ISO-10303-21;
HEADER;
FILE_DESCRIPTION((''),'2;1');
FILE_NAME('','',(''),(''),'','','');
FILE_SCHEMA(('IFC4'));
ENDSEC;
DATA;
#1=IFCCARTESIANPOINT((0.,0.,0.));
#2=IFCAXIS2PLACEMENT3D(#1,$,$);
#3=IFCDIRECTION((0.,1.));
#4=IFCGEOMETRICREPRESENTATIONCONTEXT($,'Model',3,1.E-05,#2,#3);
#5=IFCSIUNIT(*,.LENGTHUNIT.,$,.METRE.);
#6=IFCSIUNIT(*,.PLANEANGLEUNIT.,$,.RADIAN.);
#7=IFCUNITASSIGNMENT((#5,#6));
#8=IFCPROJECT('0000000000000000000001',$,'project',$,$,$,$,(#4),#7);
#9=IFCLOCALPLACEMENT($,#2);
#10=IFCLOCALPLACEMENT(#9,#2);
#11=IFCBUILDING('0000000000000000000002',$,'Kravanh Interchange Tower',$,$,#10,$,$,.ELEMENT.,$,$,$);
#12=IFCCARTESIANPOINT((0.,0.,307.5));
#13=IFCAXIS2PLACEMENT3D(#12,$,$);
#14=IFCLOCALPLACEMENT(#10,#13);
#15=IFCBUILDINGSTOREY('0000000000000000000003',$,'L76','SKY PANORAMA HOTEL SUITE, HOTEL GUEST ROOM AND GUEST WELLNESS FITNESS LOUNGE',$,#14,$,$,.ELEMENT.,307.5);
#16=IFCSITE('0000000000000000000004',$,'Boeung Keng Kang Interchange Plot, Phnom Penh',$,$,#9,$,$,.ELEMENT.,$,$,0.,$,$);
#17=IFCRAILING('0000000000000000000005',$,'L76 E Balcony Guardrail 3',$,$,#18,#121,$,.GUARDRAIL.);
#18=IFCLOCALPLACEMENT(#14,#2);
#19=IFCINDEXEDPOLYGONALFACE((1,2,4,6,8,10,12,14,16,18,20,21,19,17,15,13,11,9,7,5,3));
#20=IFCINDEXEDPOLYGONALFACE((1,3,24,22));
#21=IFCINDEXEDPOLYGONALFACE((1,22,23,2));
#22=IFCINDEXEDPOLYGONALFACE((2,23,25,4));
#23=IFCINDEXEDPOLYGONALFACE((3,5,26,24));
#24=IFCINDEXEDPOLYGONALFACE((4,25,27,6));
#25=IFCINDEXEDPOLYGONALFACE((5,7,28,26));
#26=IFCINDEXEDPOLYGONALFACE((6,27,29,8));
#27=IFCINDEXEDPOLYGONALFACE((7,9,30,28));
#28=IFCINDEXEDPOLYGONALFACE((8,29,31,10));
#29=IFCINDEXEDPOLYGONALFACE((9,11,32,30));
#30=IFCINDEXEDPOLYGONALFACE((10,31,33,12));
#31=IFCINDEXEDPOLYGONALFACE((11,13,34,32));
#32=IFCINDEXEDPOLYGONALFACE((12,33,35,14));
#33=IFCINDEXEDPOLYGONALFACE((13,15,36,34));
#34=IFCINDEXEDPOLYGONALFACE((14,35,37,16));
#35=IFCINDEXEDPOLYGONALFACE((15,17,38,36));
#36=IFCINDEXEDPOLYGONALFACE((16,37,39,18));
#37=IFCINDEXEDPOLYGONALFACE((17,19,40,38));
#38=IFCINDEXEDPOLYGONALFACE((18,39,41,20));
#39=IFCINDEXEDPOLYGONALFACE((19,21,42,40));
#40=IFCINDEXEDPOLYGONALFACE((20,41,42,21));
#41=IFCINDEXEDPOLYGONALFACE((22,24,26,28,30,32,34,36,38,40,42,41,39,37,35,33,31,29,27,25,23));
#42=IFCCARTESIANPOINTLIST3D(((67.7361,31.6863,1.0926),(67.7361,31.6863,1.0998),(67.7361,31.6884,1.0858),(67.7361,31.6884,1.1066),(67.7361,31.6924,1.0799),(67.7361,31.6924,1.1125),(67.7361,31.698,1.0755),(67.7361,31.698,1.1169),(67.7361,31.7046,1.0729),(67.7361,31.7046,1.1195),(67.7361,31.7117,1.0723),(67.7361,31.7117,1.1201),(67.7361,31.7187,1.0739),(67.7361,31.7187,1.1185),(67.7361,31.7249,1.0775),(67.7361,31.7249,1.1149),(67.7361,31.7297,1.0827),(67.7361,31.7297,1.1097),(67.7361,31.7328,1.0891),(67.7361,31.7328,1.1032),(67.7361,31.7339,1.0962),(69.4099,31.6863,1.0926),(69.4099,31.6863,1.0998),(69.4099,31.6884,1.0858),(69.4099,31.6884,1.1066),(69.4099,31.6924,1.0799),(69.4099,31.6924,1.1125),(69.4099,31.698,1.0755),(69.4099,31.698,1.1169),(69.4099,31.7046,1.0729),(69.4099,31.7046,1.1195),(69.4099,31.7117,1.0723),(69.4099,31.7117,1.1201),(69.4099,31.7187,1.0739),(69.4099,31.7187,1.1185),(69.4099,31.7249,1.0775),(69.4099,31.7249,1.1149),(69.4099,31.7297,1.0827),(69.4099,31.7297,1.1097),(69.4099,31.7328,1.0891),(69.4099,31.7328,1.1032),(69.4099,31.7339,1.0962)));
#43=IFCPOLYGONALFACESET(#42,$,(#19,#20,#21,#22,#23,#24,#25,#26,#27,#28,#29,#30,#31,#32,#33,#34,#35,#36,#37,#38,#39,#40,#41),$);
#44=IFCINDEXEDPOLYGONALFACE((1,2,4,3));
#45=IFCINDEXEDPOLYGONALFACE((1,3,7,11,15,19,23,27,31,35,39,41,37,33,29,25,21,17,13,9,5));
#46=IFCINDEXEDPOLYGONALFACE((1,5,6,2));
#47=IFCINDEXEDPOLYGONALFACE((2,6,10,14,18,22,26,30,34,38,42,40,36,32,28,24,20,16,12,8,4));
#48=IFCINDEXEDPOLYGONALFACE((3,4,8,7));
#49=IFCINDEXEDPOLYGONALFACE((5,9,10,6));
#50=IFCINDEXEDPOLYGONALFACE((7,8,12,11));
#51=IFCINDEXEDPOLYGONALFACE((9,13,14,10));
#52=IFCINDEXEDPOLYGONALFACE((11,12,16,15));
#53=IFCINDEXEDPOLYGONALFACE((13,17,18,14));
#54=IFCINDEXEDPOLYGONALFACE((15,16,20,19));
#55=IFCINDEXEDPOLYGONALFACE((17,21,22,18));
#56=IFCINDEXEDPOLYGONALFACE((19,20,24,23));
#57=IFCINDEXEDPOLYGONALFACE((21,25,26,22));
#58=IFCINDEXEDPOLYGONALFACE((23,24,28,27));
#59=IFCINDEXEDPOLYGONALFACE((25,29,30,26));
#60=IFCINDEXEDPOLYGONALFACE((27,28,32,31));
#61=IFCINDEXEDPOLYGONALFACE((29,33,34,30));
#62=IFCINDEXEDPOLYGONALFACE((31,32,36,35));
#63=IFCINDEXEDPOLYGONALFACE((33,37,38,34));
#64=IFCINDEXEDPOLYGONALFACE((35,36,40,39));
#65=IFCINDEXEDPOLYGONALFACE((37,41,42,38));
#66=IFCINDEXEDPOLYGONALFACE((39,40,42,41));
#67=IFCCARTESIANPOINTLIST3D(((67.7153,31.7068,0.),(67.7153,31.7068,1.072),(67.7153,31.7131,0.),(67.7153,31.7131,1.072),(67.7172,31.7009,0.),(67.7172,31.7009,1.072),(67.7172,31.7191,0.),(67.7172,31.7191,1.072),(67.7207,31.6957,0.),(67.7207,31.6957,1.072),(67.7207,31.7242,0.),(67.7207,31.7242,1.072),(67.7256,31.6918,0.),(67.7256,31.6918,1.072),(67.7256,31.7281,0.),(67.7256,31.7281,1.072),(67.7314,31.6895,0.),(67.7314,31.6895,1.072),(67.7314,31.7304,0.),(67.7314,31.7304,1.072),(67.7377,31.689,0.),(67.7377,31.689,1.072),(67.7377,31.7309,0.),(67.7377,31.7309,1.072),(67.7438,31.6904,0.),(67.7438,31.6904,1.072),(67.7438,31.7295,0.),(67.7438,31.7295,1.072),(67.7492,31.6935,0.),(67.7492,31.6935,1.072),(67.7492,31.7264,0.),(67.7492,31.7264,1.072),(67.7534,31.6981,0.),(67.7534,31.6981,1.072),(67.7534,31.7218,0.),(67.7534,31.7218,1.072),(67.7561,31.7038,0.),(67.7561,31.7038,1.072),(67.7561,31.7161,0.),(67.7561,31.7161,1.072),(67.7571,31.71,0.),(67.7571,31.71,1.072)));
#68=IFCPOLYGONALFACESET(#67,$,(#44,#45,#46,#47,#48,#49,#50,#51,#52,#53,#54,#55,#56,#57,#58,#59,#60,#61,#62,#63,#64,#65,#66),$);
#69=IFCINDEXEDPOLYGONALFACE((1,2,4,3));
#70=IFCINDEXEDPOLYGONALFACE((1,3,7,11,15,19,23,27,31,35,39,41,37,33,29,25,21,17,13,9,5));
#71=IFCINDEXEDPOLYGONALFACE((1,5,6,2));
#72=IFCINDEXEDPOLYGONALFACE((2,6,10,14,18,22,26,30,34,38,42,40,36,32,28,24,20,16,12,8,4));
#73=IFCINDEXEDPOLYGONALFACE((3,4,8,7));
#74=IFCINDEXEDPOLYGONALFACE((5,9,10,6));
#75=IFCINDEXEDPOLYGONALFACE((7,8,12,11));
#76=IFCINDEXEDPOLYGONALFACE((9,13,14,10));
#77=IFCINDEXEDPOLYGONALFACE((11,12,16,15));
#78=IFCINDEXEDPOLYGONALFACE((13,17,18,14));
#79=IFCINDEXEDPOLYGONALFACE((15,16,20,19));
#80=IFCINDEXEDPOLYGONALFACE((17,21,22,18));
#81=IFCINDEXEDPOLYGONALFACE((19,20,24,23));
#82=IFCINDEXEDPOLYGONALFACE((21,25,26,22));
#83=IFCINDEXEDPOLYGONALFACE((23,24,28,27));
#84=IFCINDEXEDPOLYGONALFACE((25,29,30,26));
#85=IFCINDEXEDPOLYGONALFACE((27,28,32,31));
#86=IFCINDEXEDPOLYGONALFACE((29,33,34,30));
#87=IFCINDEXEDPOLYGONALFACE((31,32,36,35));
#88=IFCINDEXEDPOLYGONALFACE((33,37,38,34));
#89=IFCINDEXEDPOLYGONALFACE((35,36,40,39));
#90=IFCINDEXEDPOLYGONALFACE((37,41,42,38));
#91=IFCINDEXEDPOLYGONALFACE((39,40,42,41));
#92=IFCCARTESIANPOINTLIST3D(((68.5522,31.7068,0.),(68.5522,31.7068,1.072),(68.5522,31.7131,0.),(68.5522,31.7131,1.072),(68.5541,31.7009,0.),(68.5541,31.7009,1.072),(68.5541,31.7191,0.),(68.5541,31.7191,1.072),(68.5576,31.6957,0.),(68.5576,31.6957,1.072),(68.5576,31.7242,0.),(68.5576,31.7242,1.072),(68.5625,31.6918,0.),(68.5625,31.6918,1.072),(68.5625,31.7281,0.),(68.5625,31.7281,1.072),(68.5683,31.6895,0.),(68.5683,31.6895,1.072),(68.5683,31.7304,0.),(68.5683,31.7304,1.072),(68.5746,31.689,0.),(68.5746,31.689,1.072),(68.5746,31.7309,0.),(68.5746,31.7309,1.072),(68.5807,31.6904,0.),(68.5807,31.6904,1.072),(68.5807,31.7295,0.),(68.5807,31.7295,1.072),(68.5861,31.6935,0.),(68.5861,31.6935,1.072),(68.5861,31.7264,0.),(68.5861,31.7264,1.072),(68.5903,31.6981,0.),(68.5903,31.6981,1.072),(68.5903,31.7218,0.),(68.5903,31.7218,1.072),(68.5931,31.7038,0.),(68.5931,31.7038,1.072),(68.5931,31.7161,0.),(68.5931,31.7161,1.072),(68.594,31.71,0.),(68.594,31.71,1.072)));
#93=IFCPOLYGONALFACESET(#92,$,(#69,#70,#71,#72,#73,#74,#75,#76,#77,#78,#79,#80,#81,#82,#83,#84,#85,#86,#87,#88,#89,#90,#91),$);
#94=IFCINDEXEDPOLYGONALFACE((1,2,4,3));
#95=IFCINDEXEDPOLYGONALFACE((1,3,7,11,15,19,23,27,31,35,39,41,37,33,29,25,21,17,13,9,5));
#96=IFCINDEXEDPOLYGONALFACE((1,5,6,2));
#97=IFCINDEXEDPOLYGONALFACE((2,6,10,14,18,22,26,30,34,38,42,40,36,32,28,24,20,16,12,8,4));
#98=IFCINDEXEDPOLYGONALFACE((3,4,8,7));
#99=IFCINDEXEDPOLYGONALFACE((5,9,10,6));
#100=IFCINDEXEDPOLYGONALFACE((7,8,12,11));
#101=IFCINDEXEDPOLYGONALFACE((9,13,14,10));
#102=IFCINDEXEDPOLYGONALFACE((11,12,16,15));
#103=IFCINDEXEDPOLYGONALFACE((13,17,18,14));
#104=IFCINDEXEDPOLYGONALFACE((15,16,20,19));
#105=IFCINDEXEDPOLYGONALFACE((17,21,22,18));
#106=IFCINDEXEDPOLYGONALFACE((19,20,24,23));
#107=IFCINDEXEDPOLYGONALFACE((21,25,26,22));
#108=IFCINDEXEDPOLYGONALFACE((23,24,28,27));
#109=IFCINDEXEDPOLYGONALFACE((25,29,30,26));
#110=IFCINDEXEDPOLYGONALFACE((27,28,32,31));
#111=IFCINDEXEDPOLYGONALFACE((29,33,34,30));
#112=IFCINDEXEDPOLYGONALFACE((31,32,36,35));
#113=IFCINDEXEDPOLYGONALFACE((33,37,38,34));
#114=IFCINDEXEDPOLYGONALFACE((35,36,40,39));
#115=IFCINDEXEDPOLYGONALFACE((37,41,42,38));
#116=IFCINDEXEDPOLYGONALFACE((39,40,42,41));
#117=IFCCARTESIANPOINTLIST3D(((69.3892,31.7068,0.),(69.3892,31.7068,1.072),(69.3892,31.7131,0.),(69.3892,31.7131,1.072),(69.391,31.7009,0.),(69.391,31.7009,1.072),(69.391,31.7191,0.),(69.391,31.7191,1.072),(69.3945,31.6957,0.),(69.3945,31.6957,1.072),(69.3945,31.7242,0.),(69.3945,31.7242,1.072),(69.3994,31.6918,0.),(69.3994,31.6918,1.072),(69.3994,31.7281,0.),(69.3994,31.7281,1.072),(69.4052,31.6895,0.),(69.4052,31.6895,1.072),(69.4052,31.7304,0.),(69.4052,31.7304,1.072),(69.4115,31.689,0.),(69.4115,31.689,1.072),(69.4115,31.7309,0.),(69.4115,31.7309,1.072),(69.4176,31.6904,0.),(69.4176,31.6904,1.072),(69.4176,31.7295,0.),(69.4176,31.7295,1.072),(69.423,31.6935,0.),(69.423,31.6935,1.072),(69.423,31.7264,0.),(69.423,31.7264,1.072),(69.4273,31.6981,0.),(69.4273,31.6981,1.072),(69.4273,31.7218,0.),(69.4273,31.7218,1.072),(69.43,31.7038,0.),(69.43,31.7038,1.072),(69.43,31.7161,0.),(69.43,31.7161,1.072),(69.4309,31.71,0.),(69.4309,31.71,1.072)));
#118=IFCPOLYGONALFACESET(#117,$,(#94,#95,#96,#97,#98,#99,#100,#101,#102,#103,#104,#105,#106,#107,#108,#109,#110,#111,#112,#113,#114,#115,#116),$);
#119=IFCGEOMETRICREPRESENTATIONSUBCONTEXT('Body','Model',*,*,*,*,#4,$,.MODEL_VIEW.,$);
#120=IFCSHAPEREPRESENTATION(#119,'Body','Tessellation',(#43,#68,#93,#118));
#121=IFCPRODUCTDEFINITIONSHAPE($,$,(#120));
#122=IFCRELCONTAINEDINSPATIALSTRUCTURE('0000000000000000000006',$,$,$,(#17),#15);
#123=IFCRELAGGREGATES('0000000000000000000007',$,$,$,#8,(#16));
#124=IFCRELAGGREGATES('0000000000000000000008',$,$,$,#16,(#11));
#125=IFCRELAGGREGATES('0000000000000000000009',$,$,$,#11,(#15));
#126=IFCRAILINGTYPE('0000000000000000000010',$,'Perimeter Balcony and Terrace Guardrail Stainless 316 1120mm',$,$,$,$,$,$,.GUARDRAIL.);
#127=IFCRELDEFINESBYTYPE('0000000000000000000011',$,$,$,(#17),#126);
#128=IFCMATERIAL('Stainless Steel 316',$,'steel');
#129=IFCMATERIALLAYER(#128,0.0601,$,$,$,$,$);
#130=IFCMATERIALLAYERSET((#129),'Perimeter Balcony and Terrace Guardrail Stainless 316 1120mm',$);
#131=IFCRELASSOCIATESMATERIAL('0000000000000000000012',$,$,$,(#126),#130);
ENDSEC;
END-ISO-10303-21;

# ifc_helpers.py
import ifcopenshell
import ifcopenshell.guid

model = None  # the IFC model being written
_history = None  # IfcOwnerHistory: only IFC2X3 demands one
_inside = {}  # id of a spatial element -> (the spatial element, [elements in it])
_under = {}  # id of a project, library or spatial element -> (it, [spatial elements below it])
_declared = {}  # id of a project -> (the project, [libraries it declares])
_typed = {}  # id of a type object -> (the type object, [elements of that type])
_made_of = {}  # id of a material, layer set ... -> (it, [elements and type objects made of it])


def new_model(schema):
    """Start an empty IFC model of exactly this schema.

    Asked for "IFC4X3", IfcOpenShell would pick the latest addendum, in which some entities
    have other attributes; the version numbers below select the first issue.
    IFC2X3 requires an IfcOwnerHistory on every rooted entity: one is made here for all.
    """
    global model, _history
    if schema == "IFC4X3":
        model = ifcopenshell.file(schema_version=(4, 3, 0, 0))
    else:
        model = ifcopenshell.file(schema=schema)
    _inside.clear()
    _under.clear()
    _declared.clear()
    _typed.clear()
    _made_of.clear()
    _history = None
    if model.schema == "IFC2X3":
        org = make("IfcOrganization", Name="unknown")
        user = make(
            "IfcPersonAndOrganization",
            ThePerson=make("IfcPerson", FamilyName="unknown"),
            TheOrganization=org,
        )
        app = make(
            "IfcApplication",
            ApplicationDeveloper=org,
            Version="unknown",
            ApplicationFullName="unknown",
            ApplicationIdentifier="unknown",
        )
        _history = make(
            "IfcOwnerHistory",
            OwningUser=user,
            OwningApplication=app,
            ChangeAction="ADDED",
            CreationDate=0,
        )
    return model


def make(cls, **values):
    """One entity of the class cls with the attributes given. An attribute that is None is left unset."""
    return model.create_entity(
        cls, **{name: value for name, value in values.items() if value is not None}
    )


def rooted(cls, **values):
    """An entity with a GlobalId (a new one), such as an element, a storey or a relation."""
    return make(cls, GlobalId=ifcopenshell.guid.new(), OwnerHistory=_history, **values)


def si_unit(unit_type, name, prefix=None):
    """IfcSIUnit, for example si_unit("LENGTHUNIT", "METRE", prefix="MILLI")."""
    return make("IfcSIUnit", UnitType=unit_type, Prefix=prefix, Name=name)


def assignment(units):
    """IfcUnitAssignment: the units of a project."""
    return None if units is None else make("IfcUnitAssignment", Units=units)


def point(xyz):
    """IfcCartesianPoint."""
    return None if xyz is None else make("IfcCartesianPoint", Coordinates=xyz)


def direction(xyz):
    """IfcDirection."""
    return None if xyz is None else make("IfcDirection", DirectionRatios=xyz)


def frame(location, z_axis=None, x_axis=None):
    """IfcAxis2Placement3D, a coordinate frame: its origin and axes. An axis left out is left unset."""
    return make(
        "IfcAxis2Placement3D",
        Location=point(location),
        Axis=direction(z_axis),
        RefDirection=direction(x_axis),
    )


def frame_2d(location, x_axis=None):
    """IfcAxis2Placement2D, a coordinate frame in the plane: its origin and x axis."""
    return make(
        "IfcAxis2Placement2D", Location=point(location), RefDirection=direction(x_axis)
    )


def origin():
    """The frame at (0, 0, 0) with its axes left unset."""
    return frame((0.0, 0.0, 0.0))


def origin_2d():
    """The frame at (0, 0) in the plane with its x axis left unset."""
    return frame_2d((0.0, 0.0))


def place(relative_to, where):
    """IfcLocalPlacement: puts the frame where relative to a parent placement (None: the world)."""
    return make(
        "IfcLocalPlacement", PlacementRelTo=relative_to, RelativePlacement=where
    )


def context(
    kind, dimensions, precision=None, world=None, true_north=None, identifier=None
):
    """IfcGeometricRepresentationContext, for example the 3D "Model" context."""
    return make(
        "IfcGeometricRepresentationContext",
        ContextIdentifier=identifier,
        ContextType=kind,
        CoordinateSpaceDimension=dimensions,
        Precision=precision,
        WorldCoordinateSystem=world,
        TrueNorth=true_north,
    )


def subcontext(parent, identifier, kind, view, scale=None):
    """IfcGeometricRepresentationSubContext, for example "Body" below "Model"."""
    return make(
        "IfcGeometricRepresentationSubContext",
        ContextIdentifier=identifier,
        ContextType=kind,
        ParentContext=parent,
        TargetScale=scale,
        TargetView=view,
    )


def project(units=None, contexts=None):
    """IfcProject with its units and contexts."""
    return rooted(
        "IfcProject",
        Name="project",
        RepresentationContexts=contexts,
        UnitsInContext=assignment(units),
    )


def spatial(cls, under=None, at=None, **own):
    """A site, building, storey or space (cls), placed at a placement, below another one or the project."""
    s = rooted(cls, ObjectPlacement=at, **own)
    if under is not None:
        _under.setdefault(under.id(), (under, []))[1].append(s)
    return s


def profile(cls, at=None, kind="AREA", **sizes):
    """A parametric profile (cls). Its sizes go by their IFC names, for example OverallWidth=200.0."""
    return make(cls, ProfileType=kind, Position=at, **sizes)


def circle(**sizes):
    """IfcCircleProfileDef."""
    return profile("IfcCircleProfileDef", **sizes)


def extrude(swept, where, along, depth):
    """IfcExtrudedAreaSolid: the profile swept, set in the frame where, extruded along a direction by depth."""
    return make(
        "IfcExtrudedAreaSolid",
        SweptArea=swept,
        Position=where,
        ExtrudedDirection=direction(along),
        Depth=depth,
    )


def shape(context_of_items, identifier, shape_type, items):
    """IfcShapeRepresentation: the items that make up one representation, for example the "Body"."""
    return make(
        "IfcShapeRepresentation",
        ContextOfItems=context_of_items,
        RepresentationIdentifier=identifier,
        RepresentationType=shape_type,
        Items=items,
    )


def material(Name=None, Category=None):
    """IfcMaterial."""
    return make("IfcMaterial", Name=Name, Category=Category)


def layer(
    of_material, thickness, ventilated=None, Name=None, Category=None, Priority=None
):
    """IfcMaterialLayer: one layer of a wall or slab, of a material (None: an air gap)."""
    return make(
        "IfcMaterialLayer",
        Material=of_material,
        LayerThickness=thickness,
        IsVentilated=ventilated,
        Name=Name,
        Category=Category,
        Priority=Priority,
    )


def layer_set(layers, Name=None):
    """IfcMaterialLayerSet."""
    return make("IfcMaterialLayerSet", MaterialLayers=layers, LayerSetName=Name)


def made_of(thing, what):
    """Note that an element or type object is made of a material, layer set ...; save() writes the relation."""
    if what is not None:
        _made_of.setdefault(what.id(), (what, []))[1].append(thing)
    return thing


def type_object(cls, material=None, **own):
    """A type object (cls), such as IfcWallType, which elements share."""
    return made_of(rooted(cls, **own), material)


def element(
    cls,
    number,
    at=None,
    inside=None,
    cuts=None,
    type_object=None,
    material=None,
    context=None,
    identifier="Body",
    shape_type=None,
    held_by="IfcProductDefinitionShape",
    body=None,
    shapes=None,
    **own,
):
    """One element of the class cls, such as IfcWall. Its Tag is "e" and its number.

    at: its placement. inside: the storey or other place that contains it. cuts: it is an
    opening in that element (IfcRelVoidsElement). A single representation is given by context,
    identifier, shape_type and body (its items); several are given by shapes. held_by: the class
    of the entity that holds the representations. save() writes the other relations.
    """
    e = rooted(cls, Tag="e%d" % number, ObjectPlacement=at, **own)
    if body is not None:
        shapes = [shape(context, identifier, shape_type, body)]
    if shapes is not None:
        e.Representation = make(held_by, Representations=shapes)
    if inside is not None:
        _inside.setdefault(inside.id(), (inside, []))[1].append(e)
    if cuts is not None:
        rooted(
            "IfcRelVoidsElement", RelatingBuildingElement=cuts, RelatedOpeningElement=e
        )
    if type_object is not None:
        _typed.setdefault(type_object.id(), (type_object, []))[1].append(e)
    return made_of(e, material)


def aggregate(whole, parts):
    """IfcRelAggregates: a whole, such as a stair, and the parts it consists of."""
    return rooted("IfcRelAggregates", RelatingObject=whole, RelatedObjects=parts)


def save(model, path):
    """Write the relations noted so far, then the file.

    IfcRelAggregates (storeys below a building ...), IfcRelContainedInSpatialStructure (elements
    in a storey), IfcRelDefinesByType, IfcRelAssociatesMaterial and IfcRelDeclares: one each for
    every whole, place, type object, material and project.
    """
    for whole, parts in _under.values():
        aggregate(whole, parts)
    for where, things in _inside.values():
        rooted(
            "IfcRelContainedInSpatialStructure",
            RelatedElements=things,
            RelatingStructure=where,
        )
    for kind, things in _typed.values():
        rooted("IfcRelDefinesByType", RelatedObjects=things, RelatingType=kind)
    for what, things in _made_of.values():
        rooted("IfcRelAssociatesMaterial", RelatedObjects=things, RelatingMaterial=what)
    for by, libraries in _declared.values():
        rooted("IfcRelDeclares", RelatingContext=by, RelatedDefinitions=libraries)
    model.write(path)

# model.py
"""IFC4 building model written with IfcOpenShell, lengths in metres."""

from ifc_helpers import new_model, si_unit, direction, frame, origin, origin_2d, place, context, subcontext, project, spatial, circle, extrude, material, layer, layer_set, type_object, element, save


model = new_model("IFC4")

# Units and contexts
model_context = context("Model", 3, precision=1e-05, world=origin(), true_north=direction((0.0, 1.0)))
body_context = subcontext(model_context, "Body", "Model", "MODEL_VIEW")
ifc_project = project(units=[si_unit("LENGTHUNIT", "METRE"), si_unit("PLANEANGLEUNIT", "RADIAN")], contexts=[model_context])

# Site, building, storey
site_placement = place(None, origin())
site = spatial("IfcSite", under=ifc_project, at=site_placement, Name="Boeung Keng Kang Interchange Plot, Phnom Penh", CompositionType="ELEMENT", RefElevation=0.0)
building_placement = place(site_placement, origin())
building = spatial("IfcBuilding", under=site, at=building_placement, Name="Kravanh Interchange Tower", CompositionType="ELEMENT")
storey_placement = place(building_placement, frame((0.0, 0.0, 307.5)))
storey = spatial("IfcBuildingStorey", under=building, at=storey_placement, Name="L76", Description="SKY PANORAMA HOTEL SUITE, HOTEL GUEST ROOM AND GUEST WELLNESS FITNESS LOUNGE", CompositionType="ELEMENT", Elevation=307.5)

# Railing
ifc_material_1 = material(Name="Stainless Steel 316", Category="steel")
ifc_layer_1 = layer(ifc_material_1, 0.0601)
ifc_layer_set_1 = layer_set([ifc_layer_1], Name="Perimeter Balcony and Terrace Guardrail Stainless 316 1120mm")
railing_type_1 = type_object("IfcRailingType", Name="Perimeter Balcony and Terrace Guardrail Stainless 316 1120mm", PredefinedType="GUARDRAIL", material=ifc_layer_set_1)
railing_1_placement = place(storey_placement, frame((67.7361, 31.71, 0.0)))
element("IfcRailing", 1, at=railing_1_placement, inside=storey, type_object=railing_type_1, Name="L76 E Balcony Guardrail 3", PredefinedType="GUARDRAIL", context=body_context, shape_type="SweptSolid", body=[
    extrude(circle(Radius=0.0239, at=origin_2d()), frame((0.0, 0.0, 1.0962), z_axis=(1.0, 0.0, 0.0), x_axis=(0.0, 1.0, 0.0)), (0.0, 0.0, 1.0), 1.6738),
    extrude(circle(Radius=0.021, at=origin_2d()), origin(), (0.0, 0.0, 1.0), 1.072),
    extrude(circle(Radius=0.021, at=origin_2d()), frame((0.8369, 0.0, 0.0)), (0.0, 0.0, 1.0), 1.072),
    extrude(circle(Radius=0.021, at=origin_2d()), frame((1.6738, 0.0, 0.0)), (0.0, 0.0, 1.0), 1.072),
])

save(model, "model.ifc")
